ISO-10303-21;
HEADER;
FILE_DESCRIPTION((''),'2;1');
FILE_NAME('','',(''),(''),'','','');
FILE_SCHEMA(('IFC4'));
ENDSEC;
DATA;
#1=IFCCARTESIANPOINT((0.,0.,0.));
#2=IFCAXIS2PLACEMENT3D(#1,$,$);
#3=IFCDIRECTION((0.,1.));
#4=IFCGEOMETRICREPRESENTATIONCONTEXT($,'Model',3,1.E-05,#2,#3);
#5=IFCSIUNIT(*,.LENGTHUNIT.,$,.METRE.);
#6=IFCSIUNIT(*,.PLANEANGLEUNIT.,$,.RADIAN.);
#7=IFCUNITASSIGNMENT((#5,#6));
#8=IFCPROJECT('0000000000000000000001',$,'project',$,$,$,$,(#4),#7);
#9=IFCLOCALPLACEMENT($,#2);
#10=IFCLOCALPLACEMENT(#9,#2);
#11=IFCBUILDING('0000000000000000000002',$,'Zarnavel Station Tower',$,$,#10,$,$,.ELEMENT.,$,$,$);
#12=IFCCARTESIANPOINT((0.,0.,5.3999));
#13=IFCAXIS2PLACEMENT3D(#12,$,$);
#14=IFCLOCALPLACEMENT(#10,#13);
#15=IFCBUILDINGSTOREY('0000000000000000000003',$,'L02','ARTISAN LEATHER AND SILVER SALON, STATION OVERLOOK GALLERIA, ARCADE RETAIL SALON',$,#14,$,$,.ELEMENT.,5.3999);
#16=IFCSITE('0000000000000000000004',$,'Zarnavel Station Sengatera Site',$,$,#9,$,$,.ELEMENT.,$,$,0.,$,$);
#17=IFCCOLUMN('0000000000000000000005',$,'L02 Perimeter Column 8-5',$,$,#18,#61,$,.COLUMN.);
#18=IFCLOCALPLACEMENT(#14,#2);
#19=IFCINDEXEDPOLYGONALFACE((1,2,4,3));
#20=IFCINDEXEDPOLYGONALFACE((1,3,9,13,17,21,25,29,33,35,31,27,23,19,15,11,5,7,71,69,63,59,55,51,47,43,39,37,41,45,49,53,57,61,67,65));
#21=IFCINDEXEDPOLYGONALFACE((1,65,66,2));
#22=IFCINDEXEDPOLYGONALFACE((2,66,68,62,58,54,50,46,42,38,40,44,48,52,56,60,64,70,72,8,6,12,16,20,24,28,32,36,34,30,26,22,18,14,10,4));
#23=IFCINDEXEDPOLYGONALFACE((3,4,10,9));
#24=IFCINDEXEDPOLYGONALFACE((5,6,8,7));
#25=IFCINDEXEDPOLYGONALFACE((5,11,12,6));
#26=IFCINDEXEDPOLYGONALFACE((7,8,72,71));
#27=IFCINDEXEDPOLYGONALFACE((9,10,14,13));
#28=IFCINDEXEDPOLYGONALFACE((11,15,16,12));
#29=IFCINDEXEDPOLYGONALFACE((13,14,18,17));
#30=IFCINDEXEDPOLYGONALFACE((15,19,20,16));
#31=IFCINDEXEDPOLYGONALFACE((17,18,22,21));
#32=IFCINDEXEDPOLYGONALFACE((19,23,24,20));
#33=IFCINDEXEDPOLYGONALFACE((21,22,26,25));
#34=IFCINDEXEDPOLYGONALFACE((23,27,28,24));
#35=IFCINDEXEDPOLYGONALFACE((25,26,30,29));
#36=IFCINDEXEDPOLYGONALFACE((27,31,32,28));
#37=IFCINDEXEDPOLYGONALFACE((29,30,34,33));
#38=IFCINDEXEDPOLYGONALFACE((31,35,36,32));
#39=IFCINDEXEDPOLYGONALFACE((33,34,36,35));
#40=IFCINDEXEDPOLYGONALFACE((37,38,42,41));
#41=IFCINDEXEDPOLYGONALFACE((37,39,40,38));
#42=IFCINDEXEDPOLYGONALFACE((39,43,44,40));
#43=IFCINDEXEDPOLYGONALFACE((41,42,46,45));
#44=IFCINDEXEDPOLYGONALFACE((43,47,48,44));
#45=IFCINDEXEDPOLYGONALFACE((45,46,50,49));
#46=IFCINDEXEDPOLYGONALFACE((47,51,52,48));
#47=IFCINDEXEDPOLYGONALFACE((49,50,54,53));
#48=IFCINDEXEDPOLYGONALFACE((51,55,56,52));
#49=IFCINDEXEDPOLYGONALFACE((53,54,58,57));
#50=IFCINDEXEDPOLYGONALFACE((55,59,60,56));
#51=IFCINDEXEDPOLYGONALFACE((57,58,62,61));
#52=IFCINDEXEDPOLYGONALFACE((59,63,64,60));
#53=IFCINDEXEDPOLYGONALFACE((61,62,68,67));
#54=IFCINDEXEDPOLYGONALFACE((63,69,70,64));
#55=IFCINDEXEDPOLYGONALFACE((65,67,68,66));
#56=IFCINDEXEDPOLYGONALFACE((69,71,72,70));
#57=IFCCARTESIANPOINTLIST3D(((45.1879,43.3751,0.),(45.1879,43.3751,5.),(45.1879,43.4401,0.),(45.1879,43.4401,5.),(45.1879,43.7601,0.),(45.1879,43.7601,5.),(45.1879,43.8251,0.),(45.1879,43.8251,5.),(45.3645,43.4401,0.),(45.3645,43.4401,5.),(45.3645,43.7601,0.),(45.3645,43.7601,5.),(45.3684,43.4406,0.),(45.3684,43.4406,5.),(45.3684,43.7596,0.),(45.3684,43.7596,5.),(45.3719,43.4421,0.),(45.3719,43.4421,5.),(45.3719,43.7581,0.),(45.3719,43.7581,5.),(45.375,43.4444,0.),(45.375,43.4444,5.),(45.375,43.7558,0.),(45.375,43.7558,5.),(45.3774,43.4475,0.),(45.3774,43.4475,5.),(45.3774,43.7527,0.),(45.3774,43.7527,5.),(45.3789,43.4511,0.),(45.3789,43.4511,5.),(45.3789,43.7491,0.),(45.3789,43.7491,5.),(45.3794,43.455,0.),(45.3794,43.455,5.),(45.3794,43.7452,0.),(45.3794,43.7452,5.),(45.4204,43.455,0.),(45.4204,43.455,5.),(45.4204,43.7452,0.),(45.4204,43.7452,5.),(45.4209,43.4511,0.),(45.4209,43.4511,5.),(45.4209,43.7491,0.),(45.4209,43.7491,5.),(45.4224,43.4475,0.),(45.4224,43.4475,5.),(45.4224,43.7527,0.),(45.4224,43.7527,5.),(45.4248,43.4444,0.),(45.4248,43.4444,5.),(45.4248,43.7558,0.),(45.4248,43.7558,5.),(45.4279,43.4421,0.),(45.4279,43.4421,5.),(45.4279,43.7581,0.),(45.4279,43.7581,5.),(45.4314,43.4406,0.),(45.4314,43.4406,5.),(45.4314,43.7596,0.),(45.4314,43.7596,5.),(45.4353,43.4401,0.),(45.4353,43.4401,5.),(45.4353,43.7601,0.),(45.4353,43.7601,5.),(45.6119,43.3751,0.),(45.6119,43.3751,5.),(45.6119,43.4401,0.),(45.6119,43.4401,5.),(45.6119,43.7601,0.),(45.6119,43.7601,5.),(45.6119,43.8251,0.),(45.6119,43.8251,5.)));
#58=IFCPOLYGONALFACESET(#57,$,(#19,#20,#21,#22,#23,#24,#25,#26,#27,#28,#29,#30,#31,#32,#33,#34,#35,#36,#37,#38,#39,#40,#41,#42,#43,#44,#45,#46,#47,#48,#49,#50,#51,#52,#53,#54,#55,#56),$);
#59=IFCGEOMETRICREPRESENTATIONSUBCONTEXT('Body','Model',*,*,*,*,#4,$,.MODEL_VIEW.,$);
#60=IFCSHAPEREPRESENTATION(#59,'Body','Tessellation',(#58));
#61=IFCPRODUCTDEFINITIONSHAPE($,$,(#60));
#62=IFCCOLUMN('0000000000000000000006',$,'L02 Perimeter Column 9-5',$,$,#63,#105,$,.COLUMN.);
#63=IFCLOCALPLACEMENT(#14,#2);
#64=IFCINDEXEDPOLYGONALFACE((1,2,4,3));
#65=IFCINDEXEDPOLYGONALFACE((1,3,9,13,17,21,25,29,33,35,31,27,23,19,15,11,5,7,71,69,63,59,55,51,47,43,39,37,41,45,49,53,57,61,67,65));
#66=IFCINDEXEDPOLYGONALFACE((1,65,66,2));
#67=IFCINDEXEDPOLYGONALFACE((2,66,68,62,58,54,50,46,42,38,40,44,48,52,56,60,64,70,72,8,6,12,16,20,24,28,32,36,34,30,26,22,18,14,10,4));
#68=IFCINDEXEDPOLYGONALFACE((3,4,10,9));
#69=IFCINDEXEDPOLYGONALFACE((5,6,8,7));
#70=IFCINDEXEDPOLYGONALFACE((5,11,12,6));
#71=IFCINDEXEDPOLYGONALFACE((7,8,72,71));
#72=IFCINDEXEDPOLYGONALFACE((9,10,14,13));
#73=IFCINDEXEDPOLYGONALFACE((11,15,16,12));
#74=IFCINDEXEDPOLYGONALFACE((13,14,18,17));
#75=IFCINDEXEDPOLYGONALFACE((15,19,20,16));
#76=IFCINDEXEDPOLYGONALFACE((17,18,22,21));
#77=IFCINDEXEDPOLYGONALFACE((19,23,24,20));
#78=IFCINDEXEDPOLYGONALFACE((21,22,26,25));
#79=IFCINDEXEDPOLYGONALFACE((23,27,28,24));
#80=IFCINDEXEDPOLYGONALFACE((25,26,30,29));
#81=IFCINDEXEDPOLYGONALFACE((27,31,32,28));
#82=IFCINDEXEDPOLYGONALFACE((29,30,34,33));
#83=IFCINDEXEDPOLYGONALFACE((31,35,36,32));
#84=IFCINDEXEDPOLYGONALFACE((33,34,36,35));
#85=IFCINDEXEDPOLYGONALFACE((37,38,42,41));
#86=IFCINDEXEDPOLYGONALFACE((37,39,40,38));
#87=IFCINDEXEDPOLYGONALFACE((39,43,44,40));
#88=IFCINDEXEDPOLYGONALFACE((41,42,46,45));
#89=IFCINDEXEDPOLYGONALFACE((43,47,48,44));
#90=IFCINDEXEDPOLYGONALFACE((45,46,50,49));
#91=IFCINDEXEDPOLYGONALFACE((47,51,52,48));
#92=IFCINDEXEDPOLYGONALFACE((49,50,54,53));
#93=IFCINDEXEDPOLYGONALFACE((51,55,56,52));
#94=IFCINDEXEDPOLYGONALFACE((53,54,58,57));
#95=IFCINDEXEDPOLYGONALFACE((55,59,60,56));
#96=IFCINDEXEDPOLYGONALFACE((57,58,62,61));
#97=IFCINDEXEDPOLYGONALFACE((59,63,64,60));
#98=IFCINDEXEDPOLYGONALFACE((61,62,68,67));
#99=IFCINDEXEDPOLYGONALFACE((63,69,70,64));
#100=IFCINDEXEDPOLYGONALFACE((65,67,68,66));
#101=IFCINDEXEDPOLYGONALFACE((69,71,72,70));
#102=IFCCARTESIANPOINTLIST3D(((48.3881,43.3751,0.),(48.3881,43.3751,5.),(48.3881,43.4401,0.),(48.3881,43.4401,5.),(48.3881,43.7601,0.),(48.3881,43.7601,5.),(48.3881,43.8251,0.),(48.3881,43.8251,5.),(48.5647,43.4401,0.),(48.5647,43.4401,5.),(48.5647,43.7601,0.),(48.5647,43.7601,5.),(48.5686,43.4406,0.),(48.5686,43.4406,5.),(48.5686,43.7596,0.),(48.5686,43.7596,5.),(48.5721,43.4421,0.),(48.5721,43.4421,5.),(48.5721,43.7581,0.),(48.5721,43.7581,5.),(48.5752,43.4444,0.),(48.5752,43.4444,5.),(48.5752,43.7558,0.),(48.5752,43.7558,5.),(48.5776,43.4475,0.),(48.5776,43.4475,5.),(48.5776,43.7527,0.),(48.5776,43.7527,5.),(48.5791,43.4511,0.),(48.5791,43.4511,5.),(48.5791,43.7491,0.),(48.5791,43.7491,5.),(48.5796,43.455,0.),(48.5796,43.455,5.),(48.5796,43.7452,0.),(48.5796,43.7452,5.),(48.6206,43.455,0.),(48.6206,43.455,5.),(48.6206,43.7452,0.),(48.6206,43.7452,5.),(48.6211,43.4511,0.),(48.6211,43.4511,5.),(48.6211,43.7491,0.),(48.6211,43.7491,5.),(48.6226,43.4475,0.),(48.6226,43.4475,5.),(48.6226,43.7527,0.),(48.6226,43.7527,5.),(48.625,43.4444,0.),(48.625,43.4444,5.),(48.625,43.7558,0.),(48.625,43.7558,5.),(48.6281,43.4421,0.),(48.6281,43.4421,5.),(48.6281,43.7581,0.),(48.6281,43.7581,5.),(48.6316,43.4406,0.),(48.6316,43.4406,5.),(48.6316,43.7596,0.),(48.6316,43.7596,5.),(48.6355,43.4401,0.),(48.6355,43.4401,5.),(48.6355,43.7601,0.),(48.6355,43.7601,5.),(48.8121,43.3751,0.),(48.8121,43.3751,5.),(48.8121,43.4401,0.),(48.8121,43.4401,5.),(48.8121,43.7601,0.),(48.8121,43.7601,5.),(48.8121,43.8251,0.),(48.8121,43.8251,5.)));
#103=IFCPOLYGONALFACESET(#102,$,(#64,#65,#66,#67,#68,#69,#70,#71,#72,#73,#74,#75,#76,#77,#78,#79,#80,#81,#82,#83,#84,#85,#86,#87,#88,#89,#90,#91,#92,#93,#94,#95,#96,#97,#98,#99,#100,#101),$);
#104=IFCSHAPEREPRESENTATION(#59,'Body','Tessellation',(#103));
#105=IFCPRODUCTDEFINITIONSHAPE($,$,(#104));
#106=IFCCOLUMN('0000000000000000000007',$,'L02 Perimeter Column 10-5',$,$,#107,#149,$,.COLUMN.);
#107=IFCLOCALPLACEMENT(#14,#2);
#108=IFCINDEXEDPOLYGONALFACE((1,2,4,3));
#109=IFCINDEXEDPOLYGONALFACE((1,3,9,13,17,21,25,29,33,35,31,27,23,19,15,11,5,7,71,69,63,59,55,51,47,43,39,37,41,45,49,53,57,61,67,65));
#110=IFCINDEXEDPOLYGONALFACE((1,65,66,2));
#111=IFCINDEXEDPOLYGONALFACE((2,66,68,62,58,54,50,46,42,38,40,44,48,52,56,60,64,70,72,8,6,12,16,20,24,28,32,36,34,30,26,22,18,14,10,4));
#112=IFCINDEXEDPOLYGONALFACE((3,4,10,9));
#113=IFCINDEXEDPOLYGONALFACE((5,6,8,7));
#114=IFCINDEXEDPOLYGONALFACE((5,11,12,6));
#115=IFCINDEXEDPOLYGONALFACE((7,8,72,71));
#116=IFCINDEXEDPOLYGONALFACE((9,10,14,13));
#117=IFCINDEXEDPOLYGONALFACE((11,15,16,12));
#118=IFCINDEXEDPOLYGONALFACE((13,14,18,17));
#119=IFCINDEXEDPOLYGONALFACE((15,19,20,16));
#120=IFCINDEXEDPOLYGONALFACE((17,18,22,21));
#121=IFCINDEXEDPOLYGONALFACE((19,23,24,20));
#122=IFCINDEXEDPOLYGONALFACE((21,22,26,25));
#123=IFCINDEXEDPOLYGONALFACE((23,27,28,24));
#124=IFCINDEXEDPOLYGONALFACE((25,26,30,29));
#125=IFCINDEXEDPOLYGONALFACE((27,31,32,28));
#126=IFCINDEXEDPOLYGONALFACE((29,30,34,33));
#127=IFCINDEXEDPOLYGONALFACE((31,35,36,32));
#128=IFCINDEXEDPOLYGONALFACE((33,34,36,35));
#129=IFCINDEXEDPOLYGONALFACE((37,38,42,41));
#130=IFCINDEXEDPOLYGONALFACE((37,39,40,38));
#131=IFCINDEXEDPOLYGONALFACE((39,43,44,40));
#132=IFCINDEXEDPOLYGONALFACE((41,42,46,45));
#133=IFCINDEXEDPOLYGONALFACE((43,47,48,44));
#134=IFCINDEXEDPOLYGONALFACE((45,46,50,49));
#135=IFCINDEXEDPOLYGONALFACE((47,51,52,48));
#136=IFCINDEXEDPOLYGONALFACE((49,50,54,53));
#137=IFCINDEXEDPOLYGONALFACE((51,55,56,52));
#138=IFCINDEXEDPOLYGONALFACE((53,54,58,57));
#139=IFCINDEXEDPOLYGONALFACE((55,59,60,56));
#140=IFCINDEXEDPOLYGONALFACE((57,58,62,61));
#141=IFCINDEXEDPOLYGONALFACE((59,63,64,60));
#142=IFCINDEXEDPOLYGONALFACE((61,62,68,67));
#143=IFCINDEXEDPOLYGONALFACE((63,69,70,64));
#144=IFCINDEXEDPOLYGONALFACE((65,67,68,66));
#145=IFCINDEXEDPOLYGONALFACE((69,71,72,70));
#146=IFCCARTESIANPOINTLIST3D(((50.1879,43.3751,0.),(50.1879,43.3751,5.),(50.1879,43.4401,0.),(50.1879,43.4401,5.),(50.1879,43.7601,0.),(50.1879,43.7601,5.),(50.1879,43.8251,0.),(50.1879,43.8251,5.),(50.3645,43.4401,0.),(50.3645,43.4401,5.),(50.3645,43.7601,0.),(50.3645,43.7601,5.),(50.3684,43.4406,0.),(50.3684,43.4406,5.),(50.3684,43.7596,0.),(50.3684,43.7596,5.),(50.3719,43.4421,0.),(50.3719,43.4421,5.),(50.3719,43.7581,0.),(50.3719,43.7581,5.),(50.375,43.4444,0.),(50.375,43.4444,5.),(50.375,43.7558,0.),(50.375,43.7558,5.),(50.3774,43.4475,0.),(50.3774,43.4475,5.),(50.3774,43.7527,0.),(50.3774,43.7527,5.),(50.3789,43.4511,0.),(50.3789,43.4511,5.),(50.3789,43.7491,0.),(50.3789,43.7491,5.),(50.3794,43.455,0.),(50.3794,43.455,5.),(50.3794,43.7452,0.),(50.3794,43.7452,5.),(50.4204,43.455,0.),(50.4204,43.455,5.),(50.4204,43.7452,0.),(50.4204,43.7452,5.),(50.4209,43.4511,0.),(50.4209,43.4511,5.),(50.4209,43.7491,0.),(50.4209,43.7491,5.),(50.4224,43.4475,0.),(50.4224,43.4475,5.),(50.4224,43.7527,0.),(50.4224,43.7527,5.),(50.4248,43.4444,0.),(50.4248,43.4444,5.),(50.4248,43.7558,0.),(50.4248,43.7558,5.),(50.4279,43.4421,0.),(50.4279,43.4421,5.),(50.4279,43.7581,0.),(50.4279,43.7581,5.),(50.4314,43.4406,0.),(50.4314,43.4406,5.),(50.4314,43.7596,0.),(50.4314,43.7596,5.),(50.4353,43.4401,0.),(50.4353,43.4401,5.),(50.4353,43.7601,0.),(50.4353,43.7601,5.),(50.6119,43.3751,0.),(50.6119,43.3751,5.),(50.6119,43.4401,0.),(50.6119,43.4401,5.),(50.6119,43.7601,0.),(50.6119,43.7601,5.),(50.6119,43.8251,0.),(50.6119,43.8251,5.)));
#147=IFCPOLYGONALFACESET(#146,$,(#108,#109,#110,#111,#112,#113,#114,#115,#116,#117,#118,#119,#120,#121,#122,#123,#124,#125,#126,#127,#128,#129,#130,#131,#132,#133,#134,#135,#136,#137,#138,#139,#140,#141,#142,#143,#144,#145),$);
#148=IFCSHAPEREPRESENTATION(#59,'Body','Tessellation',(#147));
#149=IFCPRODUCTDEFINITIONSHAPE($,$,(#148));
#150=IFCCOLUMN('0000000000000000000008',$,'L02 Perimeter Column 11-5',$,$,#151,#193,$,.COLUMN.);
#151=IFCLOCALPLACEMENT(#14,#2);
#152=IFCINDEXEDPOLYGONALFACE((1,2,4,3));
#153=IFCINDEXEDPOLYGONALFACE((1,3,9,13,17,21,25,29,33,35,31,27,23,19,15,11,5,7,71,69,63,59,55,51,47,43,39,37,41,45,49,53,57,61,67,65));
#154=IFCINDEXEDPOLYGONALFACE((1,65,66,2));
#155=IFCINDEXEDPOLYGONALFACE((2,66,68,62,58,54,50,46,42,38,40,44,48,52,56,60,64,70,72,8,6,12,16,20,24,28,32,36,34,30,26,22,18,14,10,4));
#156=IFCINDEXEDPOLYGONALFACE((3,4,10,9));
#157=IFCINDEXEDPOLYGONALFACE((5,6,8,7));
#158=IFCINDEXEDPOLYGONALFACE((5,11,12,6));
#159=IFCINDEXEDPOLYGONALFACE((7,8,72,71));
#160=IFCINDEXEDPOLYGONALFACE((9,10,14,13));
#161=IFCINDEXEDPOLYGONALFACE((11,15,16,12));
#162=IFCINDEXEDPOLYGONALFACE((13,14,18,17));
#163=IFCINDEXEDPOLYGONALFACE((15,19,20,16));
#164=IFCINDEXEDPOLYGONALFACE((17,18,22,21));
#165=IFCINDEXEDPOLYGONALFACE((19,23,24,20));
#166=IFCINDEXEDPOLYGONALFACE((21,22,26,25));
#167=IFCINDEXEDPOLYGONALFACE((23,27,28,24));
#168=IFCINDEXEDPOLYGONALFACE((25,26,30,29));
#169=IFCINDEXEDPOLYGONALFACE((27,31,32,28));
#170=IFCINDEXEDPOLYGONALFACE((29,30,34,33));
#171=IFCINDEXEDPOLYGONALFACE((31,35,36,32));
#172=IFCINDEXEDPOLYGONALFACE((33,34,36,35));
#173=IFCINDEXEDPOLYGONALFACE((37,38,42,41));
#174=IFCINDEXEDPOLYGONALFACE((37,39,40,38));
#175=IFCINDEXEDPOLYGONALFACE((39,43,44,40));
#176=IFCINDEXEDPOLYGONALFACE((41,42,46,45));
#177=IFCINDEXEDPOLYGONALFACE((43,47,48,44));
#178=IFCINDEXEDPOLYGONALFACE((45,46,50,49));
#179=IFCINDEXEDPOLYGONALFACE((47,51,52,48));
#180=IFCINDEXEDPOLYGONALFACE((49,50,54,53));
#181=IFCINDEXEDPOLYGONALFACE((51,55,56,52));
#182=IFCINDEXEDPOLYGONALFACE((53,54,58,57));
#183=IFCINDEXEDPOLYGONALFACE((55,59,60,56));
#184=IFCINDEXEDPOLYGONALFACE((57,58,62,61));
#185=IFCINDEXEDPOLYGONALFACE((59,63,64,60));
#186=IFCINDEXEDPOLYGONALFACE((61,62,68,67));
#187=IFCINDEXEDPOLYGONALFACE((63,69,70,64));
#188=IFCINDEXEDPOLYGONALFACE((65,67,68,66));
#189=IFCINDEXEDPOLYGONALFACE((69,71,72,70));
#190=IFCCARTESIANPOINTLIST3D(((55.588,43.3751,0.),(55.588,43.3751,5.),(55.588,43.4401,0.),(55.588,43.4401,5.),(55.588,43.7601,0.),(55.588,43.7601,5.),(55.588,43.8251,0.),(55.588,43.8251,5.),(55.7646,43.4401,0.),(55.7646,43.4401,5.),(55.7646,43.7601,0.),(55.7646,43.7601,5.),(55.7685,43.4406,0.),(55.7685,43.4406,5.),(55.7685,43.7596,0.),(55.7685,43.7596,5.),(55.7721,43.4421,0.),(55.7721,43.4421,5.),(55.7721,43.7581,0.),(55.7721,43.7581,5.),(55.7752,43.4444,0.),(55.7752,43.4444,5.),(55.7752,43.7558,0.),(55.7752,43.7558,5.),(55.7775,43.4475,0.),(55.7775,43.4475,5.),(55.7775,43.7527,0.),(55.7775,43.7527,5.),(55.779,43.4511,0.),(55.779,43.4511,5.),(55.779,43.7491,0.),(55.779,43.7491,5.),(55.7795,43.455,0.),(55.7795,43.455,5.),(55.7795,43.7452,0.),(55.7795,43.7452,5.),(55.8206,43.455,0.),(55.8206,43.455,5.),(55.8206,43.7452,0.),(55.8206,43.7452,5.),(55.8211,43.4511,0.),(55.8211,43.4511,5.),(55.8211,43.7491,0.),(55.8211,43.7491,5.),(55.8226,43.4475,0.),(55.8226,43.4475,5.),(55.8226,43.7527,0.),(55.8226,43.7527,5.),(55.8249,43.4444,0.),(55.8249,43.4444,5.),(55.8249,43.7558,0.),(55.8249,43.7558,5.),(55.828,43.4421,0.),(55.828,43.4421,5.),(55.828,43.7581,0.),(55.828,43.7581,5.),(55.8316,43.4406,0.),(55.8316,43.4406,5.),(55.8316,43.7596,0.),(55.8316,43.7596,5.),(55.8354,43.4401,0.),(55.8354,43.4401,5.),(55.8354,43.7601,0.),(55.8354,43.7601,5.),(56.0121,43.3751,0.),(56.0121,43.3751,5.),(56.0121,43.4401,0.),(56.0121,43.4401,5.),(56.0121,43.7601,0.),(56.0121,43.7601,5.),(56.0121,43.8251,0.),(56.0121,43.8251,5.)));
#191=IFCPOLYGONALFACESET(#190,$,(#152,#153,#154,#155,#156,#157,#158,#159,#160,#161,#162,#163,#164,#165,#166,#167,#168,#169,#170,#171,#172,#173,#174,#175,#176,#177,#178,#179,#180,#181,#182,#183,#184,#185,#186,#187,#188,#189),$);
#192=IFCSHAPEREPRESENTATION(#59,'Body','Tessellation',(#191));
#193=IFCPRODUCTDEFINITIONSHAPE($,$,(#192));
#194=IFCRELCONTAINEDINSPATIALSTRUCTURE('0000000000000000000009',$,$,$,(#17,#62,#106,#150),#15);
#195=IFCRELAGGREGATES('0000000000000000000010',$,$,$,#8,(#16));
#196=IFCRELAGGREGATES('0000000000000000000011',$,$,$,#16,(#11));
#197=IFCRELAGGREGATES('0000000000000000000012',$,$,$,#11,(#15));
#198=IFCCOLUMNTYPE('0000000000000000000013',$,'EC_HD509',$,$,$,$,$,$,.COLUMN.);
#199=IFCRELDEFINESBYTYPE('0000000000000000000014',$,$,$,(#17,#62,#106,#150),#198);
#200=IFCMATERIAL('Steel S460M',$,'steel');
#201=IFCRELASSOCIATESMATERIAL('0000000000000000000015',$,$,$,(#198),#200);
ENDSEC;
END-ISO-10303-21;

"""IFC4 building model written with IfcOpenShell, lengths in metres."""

from ifc_helpers import new_model, si_unit, direction, frame, origin, origin_2d, place, context, subcontext, project, spatial, i_section, extrude, material, material_profile, profile_set, type_object, element, save


model = new_model("IFC4")

# Units and contexts
model_context = context("Model", 3, precision=1e-05, world=origin(), true_north=direction((0.0, 1.0)))
body_context = subcontext(model_context, "Body", "Model", "MODEL_VIEW")
ifc_project = project(units=[si_unit("LENGTHUNIT", "METRE"), si_unit("PLANEANGLEUNIT", "RADIAN")], contexts=[model_context])

# Site, building, storey
site_placement = place(None, origin())
site = spatial("IfcSite", under=ifc_project, at=site_placement, Name="Zarnavel Station Sengatera Site", CompositionType="ELEMENT", RefElevation=0.0)
building_placement = place(site_placement, origin())
building = spatial("IfcBuilding", under=site, at=building_placement, Name="Zarnavel Station Tower", CompositionType="ELEMENT")
storey_placement = place(building_placement, frame((0.0, 0.0, 5.3999)))
storey = spatial("IfcBuildingStorey", under=building, at=storey_placement, Name="L02", Description="ARTISAN LEATHER AND SILVER SALON, STATION OVERLOOK GALLERIA, ARCADE RETAIL SALON", CompositionType="ELEMENT", Elevation=5.3999)

# Columns
ifc_material_1 = material(Name="Steel S460M", Category="steel")
ifc_material_profile_1 = material_profile(ifc_material_1, i_section(OverallWidth=0.4241, OverallDepth=0.45, WebThickness=0.041, FlangeThickness=0.0649, FilletRadius=0.0149, at=origin_2d()), Name="HD400x509")
ifc_profile_set_1 = profile_set([ifc_material_profile_1], Name="Steel S460M")
column_type = type_object("IfcColumnType", Name="EC_HD509", PredefinedType="COLUMN", material=ifc_profile_set_1)
for number, where, z_axis, x_axis, name in (
    (1, (45.3999, 43.6001, 0.0), (0.0, 0.0, 1.0), (1.0, 0.0, 0.0), "L02 Perimeter Column 8-5"),
    (2, (48.6001, 43.6001, 0.0), (0.0, 0.0, 1.0), (1.0, 0.0, 0.0), "L02 Perimeter Column 9-5"),
    (3, (50.3999, 43.6001, 0.0), (0.0, 0.0, 1.0), (1.0, 0.0, 0.0), "L02 Perimeter Column 10-5"),
    (4, (55.8, 43.6001, 0.0), (0.0, 0.0, 1.0), (1.0, 0.0, 0.0), "L02 Perimeter Column 11-5"),
):
    element("IfcColumn", number, at=place(storey_placement, frame(where, z_axis=z_axis, x_axis=x_axis)), inside=storey, type_object=column_type, Name=name, PredefinedType="COLUMN", context=body_context, shape_type="SweptSolid", body=[
        extrude(i_section(OverallWidth=0.4241, OverallDepth=0.45, WebThickness=0.041, FlangeThickness=0.0649, FilletRadius=0.0149, at=origin_2d()), origin(), (0.0, 0.0, 1.0), 5.0),
    ])

save(model, "model.ifc")
